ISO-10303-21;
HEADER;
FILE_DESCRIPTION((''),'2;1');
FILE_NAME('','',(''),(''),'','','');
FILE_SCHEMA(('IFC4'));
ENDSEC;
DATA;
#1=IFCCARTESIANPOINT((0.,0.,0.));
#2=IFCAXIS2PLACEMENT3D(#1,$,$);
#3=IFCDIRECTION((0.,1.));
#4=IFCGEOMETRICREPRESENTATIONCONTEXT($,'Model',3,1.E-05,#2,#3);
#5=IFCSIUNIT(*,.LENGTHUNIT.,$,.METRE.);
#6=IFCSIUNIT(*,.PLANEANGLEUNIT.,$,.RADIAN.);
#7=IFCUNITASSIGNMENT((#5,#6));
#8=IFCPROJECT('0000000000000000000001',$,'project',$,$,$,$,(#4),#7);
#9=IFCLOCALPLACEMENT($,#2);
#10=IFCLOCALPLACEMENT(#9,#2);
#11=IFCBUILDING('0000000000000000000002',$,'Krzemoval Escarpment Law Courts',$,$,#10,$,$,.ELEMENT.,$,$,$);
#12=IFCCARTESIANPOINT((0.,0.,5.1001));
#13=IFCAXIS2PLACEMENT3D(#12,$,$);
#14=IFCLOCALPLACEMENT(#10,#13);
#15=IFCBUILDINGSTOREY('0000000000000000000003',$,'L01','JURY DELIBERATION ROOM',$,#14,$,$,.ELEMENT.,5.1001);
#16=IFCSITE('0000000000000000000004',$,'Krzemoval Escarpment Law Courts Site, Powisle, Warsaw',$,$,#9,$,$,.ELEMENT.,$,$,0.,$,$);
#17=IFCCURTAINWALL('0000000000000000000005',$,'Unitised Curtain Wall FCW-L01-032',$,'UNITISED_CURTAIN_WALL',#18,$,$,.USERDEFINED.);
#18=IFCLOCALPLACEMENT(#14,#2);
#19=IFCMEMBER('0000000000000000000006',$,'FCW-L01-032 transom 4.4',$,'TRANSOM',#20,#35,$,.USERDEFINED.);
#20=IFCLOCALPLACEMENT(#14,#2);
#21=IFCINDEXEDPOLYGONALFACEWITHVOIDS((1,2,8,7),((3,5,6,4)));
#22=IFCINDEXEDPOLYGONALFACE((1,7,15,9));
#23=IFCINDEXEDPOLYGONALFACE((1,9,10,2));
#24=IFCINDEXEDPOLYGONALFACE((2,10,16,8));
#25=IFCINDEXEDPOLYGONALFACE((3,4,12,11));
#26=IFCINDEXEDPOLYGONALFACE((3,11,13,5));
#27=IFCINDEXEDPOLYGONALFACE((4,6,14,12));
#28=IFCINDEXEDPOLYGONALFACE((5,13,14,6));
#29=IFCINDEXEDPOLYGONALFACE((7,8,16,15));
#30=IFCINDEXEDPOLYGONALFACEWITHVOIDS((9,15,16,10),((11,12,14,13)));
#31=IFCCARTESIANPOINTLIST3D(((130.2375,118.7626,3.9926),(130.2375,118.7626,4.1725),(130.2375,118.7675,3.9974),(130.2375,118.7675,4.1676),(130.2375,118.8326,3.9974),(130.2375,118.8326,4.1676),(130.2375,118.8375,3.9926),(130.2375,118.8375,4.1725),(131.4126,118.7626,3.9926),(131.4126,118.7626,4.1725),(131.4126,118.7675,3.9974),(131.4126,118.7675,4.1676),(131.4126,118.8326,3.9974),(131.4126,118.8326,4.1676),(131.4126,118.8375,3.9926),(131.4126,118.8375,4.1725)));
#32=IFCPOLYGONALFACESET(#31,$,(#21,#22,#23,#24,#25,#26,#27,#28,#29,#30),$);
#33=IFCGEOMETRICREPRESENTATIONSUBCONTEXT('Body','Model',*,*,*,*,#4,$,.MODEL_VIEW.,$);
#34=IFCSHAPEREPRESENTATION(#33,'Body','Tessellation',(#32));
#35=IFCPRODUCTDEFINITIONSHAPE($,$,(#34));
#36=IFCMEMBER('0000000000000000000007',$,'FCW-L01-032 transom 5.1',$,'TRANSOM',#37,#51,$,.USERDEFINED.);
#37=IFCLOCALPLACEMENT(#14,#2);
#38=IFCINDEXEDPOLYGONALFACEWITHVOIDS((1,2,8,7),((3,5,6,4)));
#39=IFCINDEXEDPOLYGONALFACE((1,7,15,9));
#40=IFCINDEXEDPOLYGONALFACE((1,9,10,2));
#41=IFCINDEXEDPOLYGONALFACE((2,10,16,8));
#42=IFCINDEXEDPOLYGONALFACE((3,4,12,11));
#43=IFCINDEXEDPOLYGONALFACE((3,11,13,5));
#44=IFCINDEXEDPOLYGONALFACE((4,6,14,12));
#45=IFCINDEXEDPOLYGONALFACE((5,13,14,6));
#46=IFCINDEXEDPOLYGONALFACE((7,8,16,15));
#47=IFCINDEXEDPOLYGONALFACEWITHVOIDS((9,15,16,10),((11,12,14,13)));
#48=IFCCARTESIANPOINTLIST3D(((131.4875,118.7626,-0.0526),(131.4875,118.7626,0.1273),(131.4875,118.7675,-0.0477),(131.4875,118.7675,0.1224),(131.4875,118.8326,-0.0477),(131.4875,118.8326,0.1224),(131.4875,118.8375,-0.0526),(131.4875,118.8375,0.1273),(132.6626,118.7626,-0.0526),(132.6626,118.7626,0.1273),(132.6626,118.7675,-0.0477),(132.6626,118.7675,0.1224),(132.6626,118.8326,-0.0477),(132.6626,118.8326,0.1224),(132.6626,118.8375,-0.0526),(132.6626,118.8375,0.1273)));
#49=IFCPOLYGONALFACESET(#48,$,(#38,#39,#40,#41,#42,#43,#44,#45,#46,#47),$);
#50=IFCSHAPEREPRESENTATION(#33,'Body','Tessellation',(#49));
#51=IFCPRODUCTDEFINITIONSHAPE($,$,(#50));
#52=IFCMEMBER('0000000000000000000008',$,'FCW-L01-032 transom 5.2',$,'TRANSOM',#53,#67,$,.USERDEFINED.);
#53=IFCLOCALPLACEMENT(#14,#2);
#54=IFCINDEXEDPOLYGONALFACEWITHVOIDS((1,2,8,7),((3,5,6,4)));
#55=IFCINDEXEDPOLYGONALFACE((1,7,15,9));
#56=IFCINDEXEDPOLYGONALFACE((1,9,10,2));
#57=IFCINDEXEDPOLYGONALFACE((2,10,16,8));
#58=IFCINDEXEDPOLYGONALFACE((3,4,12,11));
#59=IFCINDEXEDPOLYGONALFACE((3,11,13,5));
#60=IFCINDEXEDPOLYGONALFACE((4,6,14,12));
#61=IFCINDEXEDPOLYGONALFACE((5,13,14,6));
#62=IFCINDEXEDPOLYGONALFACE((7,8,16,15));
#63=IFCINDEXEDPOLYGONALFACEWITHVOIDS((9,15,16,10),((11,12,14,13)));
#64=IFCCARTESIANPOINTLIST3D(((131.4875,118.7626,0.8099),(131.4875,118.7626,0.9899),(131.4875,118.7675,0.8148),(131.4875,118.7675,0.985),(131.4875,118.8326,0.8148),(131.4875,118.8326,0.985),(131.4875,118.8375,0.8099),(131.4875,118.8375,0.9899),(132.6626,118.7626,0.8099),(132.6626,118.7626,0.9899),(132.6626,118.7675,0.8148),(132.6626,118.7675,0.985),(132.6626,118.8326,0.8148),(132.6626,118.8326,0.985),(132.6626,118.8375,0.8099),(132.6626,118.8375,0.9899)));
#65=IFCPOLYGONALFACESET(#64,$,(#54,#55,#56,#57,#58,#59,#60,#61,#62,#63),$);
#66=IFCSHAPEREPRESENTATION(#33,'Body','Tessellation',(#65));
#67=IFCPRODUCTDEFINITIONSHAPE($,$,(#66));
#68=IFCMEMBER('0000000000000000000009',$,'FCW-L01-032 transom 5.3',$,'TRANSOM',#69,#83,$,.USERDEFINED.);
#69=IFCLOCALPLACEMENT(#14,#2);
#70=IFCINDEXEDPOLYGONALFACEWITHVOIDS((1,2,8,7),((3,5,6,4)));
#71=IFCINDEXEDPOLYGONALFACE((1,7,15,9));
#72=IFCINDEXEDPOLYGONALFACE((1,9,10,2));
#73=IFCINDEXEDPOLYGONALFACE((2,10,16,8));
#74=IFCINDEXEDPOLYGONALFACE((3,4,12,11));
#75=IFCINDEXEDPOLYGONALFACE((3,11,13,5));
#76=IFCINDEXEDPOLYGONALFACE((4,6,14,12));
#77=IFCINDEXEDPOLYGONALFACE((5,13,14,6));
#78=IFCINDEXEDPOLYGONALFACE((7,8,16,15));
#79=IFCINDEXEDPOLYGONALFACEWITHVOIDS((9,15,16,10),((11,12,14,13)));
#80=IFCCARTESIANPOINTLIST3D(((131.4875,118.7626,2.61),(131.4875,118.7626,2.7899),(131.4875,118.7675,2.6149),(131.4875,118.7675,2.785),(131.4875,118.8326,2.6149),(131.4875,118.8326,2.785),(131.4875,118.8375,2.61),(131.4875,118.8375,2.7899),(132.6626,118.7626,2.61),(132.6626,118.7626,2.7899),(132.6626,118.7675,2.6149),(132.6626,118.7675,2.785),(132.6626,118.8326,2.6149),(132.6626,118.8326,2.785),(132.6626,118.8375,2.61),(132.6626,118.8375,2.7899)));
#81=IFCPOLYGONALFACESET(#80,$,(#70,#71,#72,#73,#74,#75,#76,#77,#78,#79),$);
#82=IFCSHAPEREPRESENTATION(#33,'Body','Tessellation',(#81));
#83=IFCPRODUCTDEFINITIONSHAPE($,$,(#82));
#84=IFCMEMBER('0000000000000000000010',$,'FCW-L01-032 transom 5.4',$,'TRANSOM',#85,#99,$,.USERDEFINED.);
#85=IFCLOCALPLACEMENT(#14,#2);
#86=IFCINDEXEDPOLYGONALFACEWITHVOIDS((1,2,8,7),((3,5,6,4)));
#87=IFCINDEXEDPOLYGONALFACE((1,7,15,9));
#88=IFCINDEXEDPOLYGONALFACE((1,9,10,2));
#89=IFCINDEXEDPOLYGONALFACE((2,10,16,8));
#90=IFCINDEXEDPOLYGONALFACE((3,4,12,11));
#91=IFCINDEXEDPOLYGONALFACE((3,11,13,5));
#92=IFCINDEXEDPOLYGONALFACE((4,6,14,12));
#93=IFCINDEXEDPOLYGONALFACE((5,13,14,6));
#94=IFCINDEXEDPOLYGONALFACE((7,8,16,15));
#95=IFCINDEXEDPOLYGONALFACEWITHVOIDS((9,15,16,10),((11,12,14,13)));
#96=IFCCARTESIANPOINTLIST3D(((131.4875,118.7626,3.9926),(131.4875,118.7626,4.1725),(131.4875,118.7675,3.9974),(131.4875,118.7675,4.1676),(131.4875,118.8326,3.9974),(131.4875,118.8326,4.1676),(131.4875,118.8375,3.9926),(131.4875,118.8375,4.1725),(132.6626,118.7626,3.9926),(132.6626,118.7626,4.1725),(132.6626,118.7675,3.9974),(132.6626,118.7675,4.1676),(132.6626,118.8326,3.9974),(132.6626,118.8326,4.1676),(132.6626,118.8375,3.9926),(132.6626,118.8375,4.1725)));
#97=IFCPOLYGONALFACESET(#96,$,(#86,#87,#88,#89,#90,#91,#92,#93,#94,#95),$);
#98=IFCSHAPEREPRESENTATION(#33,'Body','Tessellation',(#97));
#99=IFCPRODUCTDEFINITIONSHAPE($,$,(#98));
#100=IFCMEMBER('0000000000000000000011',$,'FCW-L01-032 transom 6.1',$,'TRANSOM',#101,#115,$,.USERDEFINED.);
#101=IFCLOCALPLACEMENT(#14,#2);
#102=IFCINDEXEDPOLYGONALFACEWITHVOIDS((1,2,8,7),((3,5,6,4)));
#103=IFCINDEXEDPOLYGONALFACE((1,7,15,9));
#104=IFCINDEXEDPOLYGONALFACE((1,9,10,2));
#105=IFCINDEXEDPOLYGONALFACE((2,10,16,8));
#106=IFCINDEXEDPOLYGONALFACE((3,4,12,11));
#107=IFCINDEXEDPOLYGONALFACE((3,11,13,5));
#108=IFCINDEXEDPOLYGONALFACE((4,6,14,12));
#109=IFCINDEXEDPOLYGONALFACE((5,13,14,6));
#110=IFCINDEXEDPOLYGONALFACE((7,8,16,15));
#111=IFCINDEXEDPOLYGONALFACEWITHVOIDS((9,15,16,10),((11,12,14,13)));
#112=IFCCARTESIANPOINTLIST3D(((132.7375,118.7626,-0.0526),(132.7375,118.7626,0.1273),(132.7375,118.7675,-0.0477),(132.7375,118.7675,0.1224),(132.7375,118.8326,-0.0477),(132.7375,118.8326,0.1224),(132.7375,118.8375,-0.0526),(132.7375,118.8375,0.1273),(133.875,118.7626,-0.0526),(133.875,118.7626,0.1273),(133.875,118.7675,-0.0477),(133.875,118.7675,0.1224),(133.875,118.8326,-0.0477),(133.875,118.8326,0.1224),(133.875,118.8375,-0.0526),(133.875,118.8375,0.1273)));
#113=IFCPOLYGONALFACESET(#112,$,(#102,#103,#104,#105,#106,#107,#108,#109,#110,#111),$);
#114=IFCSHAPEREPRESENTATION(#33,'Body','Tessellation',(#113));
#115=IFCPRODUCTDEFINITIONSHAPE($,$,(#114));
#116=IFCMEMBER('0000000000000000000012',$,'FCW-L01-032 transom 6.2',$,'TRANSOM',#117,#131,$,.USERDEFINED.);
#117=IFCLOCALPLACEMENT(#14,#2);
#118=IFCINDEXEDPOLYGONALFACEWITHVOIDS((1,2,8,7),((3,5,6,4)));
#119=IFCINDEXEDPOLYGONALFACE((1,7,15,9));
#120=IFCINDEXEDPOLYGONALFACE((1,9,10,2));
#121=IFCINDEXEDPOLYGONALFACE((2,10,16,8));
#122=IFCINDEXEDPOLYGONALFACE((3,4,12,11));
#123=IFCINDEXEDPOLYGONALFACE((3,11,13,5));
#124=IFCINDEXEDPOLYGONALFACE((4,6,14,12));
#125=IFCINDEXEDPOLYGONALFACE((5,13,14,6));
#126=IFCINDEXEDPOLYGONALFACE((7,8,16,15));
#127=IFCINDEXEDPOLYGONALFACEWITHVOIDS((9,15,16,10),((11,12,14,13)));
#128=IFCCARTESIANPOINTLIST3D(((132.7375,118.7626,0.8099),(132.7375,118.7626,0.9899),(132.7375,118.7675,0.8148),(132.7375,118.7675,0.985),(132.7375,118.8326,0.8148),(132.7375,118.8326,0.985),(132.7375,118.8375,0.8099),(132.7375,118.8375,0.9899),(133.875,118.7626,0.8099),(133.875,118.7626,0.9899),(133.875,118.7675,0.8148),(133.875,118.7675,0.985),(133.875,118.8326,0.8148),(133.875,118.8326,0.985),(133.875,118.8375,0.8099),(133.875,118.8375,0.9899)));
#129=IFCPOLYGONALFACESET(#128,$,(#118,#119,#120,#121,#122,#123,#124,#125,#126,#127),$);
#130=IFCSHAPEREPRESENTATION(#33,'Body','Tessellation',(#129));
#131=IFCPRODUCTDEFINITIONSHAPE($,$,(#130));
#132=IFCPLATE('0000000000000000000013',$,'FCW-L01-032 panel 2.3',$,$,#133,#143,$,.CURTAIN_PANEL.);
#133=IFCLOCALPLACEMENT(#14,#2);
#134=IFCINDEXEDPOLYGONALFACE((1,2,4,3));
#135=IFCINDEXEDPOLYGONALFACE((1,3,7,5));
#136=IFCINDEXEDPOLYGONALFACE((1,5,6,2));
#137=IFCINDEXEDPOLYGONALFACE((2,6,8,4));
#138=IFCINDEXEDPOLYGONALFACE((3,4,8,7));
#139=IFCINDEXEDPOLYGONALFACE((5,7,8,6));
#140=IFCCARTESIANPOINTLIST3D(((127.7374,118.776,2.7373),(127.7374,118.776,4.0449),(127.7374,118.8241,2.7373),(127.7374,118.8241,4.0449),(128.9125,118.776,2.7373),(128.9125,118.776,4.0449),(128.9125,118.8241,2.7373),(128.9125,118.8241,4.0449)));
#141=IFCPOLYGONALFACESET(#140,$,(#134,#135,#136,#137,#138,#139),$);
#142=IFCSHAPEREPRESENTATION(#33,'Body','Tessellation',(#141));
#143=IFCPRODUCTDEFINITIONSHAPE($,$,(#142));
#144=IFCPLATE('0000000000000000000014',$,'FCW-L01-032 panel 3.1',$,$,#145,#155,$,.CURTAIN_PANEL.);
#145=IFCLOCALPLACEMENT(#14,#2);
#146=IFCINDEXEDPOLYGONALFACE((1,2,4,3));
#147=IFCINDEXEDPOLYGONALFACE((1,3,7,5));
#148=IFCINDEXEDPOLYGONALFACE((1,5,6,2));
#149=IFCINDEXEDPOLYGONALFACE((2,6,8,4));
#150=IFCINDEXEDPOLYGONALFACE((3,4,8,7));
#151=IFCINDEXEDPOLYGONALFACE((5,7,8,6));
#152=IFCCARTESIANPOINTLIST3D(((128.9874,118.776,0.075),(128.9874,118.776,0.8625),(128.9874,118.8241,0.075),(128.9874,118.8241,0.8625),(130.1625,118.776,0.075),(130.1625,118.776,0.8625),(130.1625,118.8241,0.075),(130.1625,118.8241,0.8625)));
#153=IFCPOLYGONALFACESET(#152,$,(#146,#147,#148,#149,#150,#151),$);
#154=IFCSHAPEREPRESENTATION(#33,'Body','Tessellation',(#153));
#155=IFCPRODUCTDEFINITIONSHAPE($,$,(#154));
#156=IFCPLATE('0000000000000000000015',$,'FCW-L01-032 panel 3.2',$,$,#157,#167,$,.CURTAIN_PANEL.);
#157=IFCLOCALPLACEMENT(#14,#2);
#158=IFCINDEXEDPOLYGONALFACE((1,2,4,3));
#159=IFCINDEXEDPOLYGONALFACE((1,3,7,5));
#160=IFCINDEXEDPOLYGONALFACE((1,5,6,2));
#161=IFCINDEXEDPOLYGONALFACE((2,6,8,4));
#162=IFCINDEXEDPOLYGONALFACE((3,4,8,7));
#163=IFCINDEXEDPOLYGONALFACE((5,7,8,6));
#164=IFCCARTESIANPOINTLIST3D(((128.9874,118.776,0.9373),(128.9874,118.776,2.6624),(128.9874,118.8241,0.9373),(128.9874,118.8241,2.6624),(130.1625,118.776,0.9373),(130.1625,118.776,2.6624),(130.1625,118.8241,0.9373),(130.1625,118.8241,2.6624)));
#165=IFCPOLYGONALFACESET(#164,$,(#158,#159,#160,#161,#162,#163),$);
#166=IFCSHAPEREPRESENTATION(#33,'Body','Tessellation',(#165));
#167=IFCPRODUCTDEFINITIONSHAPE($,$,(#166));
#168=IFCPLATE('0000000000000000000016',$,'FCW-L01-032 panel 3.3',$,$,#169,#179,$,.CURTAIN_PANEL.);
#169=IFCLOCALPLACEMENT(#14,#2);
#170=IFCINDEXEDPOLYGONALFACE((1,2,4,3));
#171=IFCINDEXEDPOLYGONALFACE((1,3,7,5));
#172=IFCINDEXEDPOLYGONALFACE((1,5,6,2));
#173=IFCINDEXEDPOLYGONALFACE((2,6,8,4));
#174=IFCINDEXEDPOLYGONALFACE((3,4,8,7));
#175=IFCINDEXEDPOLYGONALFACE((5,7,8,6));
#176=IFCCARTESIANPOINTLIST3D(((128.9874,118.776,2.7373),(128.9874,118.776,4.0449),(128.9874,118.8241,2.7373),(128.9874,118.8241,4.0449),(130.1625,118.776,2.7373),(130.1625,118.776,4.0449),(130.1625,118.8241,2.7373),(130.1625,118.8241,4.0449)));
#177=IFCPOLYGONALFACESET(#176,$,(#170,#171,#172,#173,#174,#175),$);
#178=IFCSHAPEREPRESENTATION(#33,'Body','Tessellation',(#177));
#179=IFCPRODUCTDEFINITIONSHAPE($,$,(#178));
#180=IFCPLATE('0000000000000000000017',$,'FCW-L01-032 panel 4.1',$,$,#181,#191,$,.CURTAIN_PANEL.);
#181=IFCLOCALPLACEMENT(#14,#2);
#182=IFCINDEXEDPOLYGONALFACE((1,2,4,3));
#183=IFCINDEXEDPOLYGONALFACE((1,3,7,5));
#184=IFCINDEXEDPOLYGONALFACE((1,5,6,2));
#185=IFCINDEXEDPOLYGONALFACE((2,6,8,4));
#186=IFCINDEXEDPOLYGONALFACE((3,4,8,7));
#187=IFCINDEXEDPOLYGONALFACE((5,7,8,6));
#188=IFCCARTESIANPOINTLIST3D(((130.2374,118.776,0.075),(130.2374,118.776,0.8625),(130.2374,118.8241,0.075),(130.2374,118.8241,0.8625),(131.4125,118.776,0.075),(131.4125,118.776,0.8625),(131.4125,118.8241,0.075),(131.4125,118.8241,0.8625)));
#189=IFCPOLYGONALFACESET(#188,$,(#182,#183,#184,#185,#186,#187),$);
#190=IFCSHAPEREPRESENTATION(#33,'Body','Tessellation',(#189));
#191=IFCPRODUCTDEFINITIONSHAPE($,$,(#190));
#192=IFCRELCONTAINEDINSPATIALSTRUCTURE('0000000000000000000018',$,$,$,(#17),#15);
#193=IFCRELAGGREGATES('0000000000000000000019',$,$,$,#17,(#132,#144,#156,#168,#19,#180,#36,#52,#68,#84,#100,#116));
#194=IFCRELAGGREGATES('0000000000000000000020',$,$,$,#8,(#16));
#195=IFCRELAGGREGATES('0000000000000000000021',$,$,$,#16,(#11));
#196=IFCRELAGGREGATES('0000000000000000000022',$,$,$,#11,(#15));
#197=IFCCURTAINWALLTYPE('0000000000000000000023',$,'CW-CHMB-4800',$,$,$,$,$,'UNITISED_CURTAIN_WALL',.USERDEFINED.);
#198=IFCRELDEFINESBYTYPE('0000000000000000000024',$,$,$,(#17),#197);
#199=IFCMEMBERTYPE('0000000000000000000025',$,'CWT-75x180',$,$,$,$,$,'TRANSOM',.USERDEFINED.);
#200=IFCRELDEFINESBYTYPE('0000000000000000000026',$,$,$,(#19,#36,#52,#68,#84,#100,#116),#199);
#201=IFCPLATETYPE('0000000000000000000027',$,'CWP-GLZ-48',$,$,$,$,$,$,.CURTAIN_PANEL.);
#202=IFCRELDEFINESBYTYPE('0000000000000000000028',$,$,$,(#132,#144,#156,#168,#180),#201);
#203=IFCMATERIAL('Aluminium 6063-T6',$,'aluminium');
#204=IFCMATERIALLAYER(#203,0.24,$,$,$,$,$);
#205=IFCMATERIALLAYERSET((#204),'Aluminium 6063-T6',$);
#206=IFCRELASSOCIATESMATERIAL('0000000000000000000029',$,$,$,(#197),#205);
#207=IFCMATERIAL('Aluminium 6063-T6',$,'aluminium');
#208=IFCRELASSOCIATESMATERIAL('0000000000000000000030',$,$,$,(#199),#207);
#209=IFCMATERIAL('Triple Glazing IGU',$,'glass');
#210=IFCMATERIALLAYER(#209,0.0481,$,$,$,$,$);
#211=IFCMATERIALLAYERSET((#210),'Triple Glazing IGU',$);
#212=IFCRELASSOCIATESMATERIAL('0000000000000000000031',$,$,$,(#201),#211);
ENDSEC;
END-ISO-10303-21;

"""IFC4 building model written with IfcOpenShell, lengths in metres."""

from ifc_helpers import new_model, si_unit, direction, frame, origin, origin_2d, place, context, subcontext, project, spatial, rectangle, hollow_rectangle, extrude, material, layer, layer_set, material_profile, profile_set, type_object, element, aggregate, save


model = new_model("IFC4")

# Units and contexts
model_context = context("Model", 3, precision=1e-05, world=origin(), true_north=direction((0.0, 1.0)))
body_context = subcontext(model_context, "Body", "Model", "MODEL_VIEW")
ifc_project = project(units=[si_unit("LENGTHUNIT", "METRE"), si_unit("PLANEANGLEUNIT", "RADIAN")], contexts=[model_context])

# Site, building, storey
site_placement = place(None, origin())
site = spatial("IfcSite", under=ifc_project, at=site_placement, Name="Krzemoval Escarpment Law Courts Site, Powisle, Warsaw", CompositionType="ELEMENT", RefElevation=0.0)
building_placement = place(site_placement, origin())
building = spatial("IfcBuilding", under=site, at=building_placement, Name="Krzemoval Escarpment Law Courts", CompositionType="ELEMENT")
storey_placement = place(building_placement, frame((0.0, 0.0, 5.1001)))
storey = spatial("IfcBuildingStorey", under=building, at=storey_placement, Name="L01", Description="JURY DELIBERATION ROOM", CompositionType="ELEMENT", Elevation=5.1001)

# Curtain wall, members, plates
ifc_material_1 = material(Name="Aluminium 6063-T6", Category="aluminium")
ifc_layer_1 = layer(ifc_material_1, 0.24)
ifc_layer_set_1 = layer_set([ifc_layer_1], Name="Aluminium 6063-T6")
curtain_wall_type = type_object("IfcCurtainWallType", Name="CW-CHMB-4800", ElementType="UNITISED_CURTAIN_WALL", PredefinedType="USERDEFINED", material=ifc_layer_set_1)
curtain_wall_placement = place(storey_placement, origin())
curtain_wall = element("IfcCurtainWall", 1, at=curtain_wall_placement, inside=storey, type_object=curtain_wall_type, Name="Unitised Curtain Wall FCW-L01-032", ObjectType="UNITISED_CURTAIN_WALL", PredefinedType="USERDEFINED")
ifc_material_2 = material(Name="Aluminium 6063-T6", Category="aluminium")
ifc_material_profile_1 = material_profile(ifc_material_2, hollow_rectangle(XDim=0.075, YDim=0.1799, WallThickness=0.0049, at=origin_2d()), Name="ALU T75x180")
ifc_profile_set_1 = profile_set([ifc_material_profile_1], Name="Aluminium 6063-T6")
member_type_1 = type_object("IfcMemberType", Name="CWT-75x180", ElementType="TRANSOM", PredefinedType="USERDEFINED", material=ifc_profile_set_1)
member_1_placement = place(storey_placement, frame((130.2375, 118.8, 4.0825), z_axis=(1.0, 0.0, 0.0), x_axis=(0.0, 1.0, 0.0)))
member_1 = element("IfcMember", 2, at=member_1_placement, type_object=member_type_1, Name="FCW-L01-032 transom 4.4", ObjectType="TRANSOM", PredefinedType="USERDEFINED", context=body_context, shape_type="SweptSolid", body=[
    extrude(hollow_rectangle(XDim=0.075, YDim=0.1799, WallThickness=0.0049, at=origin_2d()), origin(), (0.0, 0.0, 1.0), 1.175),
])
member_2_placement = place(storey_placement, frame((131.4875, 118.8, 0.0374), z_axis=(1.0, 0.0, 0.0), x_axis=(0.0, 1.0, 0.0)))
member_2 = element("IfcMember", 3, at=member_2_placement, type_object=member_type_1, Name="FCW-L01-032 transom 5.1", ObjectType="TRANSOM", PredefinedType="USERDEFINED", context=body_context, shape_type="SweptSolid", body=[
    extrude(hollow_rectangle(XDim=0.075, YDim=0.1799, WallThickness=0.0049, at=origin_2d()), origin(), (0.0, 0.0, 1.0), 1.175),
])
member_3_placement = place(storey_placement, frame((131.4875, 118.8, 0.8999), z_axis=(1.0, 0.0, 0.0), x_axis=(0.0, 1.0, 0.0)))
member_3 = element("IfcMember", 4, at=member_3_placement, type_object=member_type_1, Name="FCW-L01-032 transom 5.2", ObjectType="TRANSOM", PredefinedType="USERDEFINED", context=body_context, shape_type="SweptSolid", body=[
    extrude(hollow_rectangle(XDim=0.075, YDim=0.1799, WallThickness=0.0049, at=origin_2d()), origin(), (0.0, 0.0, 1.0), 1.175),
])
member_4_placement = place(storey_placement, frame((131.4875, 118.8, 2.7), z_axis=(1.0, 0.0, 0.0), x_axis=(0.0, 1.0, 0.0)))
member_4 = element("IfcMember", 5, at=member_4_placement, type_object=member_type_1, Name="FCW-L01-032 transom 5.3", ObjectType="TRANSOM", PredefinedType="USERDEFINED", context=body_context, shape_type="SweptSolid", body=[
    extrude(hollow_rectangle(XDim=0.075, YDim=0.1799, WallThickness=0.0049, at=origin_2d()), origin(), (0.0, 0.0, 1.0), 1.175),
])
member_5_placement = place(storey_placement, frame((131.4875, 118.8, 4.0825), z_axis=(1.0, 0.0, 0.0), x_axis=(0.0, 1.0, 0.0)))
member_5 = element("IfcMember", 6, at=member_5_placement, type_object=member_type_1, Name="FCW-L01-032 transom 5.4", ObjectType="TRANSOM", PredefinedType="USERDEFINED", context=body_context, shape_type="SweptSolid", body=[
    extrude(hollow_rectangle(XDim=0.075, YDim=0.1799, WallThickness=0.0049, at=origin_2d()), origin(), (0.0, 0.0, 1.0), 1.175),
])
member_6_placement = place(storey_placement, frame((132.7375, 118.8, 0.0374), z_axis=(1.0, 0.0, 0.0), x_axis=(0.0, 1.0, 0.0)))
member_6 = element("IfcMember", 7, at=member_6_placement, type_object=member_type_1, Name="FCW-L01-032 transom 6.1", ObjectType="TRANSOM", PredefinedType="USERDEFINED", context=body_context, shape_type="SweptSolid", body=[
    extrude(hollow_rectangle(XDim=0.075, YDim=0.1799, WallThickness=0.0049, at=origin_2d()), origin(), (0.0, 0.0, 1.0), 1.1375),
])
member_7_placement = place(storey_placement, frame((132.7375, 118.8, 0.8999), z_axis=(1.0, 0.0, 0.0), x_axis=(0.0, 1.0, 0.0)))
member_7 = element("IfcMember", 8, at=member_7_placement, type_object=member_type_1, Name="FCW-L01-032 transom 6.2", ObjectType="TRANSOM", PredefinedType="USERDEFINED", context=body_context, shape_type="SweptSolid", body=[
    extrude(hollow_rectangle(XDim=0.075, YDim=0.1799, WallThickness=0.0049, at=origin_2d()), origin(), (0.0, 0.0, 1.0), 1.1375),
])
ifc_material_3 = material(Name="Triple Glazing IGU", Category="glass")
ifc_layer_2 = layer(ifc_material_3, 0.0481)
ifc_layer_set_2 = layer_set([ifc_layer_2], Name="Triple Glazing IGU")
plate_type = type_object("IfcPlateType", Name="CWP-GLZ-48", PredefinedType="CURTAIN_PANEL", material=ifc_layer_set_2)
plate_1_placement = place(storey_placement, frame((128.325, 118.8, 2.7373), z_axis=(0.0, 0.0, 1.0), x_axis=(1.0, 0.0, 0.0)))
plate_1 = element("IfcPlate", 9, at=plate_1_placement, type_object=plate_type, Name="FCW-L01-032 panel 2.3", PredefinedType="CURTAIN_PANEL", context=body_context, shape_type="SweptSolid", body=[
    extrude(rectangle(XDim=1.175, YDim=0.0481, at=origin_2d()), origin(), (0.0, 0.0, 1.0), 1.3076),
])
plate_2_placement = place(storey_placement, frame((129.575, 118.8, 0.075), z_axis=(0.0, 0.0, 1.0), x_axis=(1.0, 0.0, 0.0)))
plate_2 = element("IfcPlate", 10, at=plate_2_placement, type_object=plate_type, Name="FCW-L01-032 panel 3.1", PredefinedType="CURTAIN_PANEL", context=body_context, shape_type="SweptSolid", body=[
    extrude(rectangle(XDim=1.175, YDim=0.0481, at=origin_2d()), origin(), (0.0, 0.0, 1.0), 0.7876),
])
plate_3_placement = place(storey_placement, frame((129.575, 118.8, 0.9373), z_axis=(0.0, 0.0, 1.0), x_axis=(1.0, 0.0, 0.0)))
plate_3 = element("IfcPlate", 11, at=plate_3_placement, type_object=plate_type, Name="FCW-L01-032 panel 3.2", PredefinedType="CURTAIN_PANEL", context=body_context, shape_type="SweptSolid", body=[
    extrude(rectangle(XDim=1.175, YDim=0.0481, at=origin_2d()), origin(), (0.0, 0.0, 1.0), 1.7251),
])
plate_4_placement = place(storey_placement, frame((129.575, 118.8, 2.7373), z_axis=(0.0, 0.0, 1.0), x_axis=(1.0, 0.0, 0.0)))
plate_4 = element("IfcPlate", 12, at=plate_4_placement, type_object=plate_type, Name="FCW-L01-032 panel 3.3", PredefinedType="CURTAIN_PANEL", context=body_context, shape_type="SweptSolid", body=[
    extrude(rectangle(XDim=1.175, YDim=0.0481, at=origin_2d()), origin(), (0.0, 0.0, 1.0), 1.3076),
])
plate_5_placement = place(storey_placement, frame((130.825, 118.8, 0.075), z_axis=(0.0, 0.0, 1.0), x_axis=(1.0, 0.0, 0.0)))
plate_5 = element("IfcPlate", 13, at=plate_5_placement, type_object=plate_type, Name="FCW-L01-032 panel 4.1", PredefinedType="CURTAIN_PANEL", context=body_context, shape_type="SweptSolid", body=[
    extrude(rectangle(XDim=1.175, YDim=0.0481, at=origin_2d()), origin(), (0.0, 0.0, 1.0), 0.7876),
])
aggregate(curtain_wall, [plate_1, plate_2, plate_3, plate_4, member_1, plate_5, member_2, member_3, member_4, member_5, member_6, member_7])

save(model, "model.ifc")
